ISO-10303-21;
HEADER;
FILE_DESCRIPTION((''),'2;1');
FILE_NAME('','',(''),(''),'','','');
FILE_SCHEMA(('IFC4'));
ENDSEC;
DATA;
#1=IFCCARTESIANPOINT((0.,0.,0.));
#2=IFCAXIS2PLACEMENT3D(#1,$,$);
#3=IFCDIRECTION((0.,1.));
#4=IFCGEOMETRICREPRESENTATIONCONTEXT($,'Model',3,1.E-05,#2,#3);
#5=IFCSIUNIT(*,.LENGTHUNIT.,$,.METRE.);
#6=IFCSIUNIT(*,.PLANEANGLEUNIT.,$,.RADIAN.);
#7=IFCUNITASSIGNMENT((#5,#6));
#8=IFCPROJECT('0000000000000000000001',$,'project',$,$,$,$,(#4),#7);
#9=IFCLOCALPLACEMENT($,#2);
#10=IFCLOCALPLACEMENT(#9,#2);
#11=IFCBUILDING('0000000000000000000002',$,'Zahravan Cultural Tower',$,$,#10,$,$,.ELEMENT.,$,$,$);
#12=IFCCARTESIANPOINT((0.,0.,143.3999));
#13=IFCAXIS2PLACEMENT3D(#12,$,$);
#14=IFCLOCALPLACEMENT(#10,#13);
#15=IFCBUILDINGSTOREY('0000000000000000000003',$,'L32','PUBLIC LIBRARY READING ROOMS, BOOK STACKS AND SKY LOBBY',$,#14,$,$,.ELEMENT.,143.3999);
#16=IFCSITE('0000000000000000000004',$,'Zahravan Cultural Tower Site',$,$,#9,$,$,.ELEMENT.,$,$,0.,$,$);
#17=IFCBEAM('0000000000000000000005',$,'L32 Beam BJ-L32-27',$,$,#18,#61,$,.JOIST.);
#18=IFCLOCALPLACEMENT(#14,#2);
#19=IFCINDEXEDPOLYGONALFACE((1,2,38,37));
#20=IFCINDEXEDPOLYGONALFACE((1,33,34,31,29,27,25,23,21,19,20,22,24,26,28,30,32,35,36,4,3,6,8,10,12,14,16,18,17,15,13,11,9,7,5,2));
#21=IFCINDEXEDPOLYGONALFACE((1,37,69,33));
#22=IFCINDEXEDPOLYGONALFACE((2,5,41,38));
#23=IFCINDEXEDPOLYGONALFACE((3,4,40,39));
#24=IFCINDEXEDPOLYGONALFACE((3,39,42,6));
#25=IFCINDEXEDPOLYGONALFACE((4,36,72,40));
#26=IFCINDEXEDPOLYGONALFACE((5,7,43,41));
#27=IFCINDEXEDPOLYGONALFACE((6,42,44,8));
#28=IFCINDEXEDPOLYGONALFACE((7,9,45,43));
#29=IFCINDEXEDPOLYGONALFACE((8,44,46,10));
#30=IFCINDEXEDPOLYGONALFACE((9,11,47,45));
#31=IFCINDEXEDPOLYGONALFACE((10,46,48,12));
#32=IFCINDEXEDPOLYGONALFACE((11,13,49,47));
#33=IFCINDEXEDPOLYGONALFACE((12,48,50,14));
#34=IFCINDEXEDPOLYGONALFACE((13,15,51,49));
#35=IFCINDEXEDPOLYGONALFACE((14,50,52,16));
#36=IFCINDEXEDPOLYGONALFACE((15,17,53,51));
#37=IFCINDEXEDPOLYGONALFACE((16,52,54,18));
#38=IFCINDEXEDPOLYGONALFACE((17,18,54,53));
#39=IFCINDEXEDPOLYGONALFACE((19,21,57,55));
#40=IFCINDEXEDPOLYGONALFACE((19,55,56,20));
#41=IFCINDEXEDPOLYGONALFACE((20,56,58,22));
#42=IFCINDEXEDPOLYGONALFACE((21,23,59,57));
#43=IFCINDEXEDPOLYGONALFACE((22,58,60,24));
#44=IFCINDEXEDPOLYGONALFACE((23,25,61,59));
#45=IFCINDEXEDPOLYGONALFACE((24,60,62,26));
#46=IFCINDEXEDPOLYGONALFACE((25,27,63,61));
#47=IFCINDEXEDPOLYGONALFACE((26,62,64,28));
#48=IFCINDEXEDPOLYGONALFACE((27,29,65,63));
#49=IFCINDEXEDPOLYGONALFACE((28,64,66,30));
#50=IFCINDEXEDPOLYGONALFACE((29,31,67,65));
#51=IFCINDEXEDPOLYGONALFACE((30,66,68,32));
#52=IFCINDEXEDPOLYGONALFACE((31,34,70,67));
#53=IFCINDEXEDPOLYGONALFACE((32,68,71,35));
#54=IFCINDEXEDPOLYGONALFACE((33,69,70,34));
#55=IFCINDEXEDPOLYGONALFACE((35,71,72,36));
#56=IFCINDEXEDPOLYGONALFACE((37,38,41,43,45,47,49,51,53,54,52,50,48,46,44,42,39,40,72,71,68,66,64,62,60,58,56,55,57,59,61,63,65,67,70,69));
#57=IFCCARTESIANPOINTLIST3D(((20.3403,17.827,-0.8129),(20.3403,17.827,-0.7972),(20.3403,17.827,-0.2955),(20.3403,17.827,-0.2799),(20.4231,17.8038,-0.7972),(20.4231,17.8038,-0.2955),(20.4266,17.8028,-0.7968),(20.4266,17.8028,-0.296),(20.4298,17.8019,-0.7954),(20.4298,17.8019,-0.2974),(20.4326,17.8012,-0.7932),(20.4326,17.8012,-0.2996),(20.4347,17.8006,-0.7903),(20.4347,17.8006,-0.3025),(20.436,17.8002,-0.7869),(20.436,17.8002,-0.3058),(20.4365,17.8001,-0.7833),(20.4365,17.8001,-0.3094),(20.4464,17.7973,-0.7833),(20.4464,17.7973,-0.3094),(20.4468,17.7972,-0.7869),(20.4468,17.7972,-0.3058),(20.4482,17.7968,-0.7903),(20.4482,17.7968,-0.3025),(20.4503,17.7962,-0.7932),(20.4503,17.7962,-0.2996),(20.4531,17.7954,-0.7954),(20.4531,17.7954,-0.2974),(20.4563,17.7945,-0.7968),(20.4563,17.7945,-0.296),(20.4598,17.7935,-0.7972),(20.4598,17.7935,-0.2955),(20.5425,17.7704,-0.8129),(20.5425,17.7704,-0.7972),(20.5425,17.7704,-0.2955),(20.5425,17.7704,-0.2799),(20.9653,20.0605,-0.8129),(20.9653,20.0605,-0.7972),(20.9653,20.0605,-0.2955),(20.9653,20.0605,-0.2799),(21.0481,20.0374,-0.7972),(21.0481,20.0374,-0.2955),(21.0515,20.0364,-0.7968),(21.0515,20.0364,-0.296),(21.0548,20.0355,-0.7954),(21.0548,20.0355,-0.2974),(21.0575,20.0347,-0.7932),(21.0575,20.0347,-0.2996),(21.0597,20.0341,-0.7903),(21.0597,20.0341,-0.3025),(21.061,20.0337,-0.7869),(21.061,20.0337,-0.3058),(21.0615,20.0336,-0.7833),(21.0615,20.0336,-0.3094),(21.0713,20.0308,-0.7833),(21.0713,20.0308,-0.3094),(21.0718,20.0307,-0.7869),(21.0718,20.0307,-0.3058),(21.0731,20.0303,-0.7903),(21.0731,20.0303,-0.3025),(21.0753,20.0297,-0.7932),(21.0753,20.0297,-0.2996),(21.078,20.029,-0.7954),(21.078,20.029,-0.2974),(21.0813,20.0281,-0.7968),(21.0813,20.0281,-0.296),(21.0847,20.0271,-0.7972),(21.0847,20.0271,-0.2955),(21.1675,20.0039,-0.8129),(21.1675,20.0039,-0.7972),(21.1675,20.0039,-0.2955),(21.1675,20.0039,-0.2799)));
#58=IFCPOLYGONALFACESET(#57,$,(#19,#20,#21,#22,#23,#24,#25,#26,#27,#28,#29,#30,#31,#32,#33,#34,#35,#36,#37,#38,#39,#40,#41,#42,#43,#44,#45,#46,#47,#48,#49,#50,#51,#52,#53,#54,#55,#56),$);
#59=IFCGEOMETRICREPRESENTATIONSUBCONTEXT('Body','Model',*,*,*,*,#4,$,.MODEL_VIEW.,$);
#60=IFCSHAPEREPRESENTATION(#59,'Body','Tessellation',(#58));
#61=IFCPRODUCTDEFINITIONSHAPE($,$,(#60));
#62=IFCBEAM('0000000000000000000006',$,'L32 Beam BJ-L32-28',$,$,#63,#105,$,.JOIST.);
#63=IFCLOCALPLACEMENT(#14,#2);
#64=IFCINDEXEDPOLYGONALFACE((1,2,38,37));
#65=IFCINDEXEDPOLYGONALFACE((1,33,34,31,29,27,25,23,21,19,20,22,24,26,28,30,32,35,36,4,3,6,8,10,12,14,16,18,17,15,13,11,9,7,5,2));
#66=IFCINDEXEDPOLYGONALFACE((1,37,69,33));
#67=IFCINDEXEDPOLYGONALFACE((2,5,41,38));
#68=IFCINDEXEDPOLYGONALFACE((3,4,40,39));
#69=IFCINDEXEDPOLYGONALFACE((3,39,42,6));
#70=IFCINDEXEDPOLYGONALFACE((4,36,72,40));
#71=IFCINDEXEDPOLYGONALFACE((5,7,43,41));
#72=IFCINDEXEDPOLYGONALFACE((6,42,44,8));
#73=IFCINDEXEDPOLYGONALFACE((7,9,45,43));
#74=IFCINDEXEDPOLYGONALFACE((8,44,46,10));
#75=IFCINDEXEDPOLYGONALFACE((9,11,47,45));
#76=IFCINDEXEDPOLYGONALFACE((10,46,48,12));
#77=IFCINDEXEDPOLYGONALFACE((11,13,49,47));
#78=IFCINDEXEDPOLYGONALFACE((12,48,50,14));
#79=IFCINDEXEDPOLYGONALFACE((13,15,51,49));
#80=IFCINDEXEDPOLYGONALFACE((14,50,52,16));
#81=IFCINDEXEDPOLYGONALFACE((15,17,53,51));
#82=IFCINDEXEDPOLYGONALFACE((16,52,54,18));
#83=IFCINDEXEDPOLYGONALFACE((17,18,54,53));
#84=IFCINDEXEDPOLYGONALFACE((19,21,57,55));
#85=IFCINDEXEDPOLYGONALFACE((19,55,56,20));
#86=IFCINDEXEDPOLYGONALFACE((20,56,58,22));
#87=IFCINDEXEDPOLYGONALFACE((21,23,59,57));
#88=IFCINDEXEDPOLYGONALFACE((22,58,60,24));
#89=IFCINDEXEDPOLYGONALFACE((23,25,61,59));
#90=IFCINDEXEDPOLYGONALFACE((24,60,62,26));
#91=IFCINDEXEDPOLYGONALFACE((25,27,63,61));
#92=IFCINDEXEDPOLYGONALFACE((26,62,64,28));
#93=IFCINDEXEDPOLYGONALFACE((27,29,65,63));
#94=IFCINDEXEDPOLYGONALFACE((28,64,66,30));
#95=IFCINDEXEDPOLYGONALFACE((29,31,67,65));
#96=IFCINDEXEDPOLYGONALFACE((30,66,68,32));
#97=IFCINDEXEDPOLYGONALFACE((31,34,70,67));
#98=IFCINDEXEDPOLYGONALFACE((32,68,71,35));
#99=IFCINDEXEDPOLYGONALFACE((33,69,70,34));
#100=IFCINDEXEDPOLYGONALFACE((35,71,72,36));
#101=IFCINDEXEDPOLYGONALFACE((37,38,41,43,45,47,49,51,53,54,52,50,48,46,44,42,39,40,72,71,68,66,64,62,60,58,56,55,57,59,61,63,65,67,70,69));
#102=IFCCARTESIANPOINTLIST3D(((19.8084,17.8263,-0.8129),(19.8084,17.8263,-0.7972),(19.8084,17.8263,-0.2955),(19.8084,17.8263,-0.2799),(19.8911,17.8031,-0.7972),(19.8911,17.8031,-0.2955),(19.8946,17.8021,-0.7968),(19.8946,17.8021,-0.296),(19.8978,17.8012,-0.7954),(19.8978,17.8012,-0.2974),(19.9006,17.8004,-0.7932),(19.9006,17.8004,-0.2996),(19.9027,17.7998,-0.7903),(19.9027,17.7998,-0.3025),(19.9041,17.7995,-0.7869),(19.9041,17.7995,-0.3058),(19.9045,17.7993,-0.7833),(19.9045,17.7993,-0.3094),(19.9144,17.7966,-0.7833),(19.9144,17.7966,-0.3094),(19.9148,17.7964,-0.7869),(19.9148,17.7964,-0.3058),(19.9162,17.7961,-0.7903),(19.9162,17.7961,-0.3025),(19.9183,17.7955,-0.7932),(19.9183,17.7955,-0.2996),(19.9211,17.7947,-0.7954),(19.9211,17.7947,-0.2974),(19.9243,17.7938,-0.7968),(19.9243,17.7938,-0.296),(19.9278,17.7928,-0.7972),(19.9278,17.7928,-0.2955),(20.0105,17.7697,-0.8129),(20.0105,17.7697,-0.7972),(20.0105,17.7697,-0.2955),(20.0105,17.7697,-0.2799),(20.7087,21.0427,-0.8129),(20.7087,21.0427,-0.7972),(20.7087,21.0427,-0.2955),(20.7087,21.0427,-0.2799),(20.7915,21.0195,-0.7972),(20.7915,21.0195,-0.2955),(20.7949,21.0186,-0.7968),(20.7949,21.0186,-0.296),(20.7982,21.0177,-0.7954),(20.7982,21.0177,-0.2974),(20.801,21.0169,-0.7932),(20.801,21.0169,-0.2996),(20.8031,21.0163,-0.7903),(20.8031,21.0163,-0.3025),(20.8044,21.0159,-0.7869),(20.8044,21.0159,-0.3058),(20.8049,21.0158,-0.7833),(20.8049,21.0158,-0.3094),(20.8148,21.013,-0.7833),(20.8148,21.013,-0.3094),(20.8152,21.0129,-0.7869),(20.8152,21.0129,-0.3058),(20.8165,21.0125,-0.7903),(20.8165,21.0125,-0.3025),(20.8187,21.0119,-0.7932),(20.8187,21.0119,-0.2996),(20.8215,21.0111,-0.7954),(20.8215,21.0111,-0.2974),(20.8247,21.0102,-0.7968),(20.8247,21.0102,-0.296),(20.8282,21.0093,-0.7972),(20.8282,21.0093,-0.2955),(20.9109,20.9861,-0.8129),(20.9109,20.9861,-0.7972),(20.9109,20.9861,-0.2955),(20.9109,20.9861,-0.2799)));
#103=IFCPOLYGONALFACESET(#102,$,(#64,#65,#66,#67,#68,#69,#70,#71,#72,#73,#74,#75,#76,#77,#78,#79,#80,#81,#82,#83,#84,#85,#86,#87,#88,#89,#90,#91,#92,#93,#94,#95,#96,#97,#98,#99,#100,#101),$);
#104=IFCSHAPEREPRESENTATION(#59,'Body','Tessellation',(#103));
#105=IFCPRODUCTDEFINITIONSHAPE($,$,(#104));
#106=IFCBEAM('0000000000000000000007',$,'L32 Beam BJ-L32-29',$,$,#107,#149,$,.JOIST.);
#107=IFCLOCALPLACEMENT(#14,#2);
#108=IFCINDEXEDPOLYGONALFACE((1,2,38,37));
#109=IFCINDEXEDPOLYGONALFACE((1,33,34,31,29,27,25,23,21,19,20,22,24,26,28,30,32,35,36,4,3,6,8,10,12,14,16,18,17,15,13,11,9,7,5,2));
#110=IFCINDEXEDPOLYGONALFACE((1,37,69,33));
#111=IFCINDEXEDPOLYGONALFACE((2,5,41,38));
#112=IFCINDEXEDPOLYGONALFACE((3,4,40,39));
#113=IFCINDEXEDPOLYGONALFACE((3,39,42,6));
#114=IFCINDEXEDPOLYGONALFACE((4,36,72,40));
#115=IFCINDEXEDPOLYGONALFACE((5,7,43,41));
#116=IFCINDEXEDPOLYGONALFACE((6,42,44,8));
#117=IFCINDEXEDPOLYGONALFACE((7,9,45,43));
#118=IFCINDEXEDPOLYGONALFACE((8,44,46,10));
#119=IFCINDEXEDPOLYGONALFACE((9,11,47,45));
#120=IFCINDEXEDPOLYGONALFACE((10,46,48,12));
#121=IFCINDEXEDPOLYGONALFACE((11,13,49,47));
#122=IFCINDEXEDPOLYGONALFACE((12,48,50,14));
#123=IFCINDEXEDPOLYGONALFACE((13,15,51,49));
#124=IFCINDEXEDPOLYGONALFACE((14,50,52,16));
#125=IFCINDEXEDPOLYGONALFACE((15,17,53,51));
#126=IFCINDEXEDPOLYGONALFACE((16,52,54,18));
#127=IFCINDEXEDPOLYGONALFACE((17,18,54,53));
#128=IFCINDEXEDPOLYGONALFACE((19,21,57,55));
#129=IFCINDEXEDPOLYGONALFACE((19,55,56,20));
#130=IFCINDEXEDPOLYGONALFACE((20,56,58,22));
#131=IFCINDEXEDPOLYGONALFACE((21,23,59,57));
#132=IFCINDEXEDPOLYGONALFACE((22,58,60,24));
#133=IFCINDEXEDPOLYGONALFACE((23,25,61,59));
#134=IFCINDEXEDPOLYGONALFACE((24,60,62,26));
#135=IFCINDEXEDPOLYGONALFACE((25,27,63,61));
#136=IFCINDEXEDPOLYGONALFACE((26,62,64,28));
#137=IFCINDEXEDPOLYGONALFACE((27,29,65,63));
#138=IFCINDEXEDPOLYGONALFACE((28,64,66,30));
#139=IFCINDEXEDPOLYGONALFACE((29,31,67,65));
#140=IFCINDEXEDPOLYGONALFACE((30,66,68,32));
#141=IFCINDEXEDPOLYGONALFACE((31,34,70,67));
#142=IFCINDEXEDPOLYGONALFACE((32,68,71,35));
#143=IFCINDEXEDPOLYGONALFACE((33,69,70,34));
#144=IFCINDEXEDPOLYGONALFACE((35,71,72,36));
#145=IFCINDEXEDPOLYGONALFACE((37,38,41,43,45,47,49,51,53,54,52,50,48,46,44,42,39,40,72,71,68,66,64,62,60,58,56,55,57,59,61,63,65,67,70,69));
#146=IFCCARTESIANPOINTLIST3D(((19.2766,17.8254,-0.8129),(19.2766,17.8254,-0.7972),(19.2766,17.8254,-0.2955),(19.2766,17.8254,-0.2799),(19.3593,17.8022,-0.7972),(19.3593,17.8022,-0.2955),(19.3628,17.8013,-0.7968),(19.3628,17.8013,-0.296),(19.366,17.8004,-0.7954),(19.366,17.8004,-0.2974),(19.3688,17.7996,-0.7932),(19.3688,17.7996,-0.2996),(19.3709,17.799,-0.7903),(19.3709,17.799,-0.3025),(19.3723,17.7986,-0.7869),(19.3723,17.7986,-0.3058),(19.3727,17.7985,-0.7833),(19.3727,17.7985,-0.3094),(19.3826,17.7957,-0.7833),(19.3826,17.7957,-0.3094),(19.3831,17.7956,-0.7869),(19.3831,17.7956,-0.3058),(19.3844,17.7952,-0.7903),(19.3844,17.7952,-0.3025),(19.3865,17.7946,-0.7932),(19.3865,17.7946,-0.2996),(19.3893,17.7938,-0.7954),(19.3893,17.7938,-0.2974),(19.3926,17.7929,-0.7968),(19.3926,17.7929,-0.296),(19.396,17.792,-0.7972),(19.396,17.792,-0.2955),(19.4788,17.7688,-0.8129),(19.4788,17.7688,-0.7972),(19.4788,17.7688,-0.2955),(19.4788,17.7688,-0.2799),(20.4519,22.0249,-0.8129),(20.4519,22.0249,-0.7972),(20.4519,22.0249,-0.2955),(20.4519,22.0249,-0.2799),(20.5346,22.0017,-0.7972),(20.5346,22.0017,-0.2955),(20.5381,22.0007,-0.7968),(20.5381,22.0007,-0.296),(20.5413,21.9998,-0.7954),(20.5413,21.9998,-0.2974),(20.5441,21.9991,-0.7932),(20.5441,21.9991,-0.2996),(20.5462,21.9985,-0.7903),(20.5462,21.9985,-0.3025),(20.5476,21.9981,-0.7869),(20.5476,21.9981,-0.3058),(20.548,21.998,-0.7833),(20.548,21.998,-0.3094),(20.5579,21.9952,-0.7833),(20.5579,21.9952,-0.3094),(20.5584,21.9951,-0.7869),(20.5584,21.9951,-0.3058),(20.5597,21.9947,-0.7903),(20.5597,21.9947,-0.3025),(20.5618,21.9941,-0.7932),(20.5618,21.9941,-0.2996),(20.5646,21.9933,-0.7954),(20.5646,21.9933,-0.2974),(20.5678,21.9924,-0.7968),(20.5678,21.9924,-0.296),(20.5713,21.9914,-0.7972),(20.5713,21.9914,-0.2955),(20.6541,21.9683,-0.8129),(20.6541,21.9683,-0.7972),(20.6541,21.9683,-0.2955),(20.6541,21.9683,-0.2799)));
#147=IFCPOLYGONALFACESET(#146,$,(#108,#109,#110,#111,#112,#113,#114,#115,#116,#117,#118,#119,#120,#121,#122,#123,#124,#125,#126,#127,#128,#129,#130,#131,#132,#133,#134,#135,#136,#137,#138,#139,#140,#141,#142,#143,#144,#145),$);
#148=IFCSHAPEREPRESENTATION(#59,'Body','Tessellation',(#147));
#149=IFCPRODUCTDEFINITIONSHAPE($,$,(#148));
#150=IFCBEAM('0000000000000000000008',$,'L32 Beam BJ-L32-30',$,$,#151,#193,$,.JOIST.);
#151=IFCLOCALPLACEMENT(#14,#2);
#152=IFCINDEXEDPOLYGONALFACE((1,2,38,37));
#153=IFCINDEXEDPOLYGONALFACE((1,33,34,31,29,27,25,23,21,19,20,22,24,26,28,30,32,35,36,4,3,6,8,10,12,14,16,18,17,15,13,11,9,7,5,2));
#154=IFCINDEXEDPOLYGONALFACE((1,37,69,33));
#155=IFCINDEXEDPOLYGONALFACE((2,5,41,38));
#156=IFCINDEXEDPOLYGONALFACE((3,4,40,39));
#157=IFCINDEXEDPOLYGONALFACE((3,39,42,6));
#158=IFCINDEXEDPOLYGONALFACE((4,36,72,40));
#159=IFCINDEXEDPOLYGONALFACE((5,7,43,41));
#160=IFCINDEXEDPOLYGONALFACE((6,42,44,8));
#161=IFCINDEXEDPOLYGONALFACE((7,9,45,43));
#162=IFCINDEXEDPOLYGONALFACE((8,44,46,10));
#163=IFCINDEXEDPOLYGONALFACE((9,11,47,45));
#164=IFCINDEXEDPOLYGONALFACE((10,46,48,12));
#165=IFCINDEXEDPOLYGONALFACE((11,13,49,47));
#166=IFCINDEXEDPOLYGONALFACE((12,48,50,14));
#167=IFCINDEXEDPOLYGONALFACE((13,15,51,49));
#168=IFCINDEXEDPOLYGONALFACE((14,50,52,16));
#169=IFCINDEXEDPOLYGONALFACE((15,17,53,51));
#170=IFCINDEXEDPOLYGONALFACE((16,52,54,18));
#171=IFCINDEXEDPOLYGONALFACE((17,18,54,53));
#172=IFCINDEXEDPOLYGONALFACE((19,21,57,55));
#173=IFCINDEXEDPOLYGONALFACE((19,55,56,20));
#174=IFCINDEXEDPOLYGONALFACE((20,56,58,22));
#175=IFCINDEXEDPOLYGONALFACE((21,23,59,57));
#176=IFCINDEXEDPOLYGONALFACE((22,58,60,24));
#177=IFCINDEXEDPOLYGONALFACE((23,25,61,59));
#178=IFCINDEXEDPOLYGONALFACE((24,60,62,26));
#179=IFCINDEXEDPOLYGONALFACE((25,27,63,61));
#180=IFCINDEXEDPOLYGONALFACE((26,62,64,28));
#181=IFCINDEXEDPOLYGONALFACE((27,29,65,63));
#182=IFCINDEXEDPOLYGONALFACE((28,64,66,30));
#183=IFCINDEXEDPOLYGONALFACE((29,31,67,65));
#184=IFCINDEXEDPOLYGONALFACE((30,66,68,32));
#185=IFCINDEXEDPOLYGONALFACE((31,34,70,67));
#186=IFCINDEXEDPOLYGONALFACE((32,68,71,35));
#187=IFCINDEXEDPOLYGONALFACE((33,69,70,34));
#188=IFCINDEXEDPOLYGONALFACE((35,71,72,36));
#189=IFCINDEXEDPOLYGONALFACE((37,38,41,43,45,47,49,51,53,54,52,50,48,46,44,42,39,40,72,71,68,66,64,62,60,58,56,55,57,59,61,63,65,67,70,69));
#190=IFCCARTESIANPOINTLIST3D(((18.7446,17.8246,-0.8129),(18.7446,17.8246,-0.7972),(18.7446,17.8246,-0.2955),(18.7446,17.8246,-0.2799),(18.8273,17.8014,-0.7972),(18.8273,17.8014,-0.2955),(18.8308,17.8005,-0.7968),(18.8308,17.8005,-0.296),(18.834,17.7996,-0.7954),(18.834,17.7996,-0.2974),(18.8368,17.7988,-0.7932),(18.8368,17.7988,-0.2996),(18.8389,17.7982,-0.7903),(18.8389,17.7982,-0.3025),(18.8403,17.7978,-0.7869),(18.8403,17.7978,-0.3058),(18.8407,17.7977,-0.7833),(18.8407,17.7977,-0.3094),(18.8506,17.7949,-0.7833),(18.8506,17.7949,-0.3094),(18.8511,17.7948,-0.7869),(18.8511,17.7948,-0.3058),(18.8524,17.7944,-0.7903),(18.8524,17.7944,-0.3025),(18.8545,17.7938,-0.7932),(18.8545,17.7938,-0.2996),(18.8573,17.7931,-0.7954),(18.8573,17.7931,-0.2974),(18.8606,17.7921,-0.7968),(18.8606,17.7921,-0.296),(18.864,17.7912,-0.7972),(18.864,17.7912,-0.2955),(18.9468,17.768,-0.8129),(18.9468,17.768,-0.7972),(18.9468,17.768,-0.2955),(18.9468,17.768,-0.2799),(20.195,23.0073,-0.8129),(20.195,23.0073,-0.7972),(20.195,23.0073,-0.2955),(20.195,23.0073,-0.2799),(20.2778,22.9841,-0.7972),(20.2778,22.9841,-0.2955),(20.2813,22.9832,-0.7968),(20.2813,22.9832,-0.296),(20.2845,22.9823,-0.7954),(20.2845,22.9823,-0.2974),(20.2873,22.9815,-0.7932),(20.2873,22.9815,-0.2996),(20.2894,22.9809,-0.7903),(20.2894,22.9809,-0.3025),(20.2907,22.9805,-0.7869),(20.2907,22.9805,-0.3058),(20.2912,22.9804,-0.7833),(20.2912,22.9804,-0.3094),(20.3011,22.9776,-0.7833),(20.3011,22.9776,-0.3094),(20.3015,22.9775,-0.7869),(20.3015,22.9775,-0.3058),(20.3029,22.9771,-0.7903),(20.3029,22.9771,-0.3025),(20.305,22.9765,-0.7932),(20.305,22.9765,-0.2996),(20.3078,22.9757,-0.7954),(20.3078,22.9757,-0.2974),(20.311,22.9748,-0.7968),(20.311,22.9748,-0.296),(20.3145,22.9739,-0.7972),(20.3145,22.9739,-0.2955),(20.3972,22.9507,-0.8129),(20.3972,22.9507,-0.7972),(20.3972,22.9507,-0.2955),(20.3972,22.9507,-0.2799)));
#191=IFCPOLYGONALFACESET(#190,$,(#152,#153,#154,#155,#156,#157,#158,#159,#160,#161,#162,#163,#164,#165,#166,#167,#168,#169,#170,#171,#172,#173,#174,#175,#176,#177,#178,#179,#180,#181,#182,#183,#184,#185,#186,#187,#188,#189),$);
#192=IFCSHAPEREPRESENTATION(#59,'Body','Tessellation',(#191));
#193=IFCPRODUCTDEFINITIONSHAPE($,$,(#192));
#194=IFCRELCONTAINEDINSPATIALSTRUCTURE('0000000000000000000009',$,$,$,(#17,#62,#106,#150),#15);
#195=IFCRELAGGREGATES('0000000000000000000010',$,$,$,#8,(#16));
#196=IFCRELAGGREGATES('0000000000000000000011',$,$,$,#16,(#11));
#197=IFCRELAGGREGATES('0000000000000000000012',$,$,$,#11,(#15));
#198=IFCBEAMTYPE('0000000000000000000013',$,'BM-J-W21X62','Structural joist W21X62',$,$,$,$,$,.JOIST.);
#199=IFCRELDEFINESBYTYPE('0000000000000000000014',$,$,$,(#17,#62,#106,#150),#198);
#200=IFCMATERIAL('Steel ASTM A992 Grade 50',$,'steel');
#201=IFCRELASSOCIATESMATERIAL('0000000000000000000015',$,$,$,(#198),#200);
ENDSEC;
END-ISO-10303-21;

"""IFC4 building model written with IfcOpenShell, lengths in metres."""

from ifc_helpers import new_model, si_unit, direction, frame, origin, origin_2d, place, context, subcontext, project, spatial, i_section, extrude, source, transform, mapped, material, material_profile, profile_set, type_object, element, save


model = new_model("IFC4")

# Units and contexts
model_context = context("Model", 3, precision=1e-05, world=origin(), true_north=direction((0.0, 1.0)))
body_context = subcontext(model_context, "Body", "Model", "MODEL_VIEW")
ifc_project = project(units=[si_unit("LENGTHUNIT", "METRE"), si_unit("PLANEANGLEUNIT", "RADIAN")], contexts=[model_context])

# Site, building, storey
site_placement = place(None, origin())
site = spatial("IfcSite", under=ifc_project, at=site_placement, Name="Zahravan Cultural Tower Site", CompositionType="ELEMENT", RefElevation=0.0)
building_placement = place(site_placement, origin())
building = spatial("IfcBuilding", under=site, at=building_placement, Name="Zahravan Cultural Tower", CompositionType="ELEMENT")
storey_placement = place(building_placement, frame((0.0, 0.0, 143.3999)))
storey = spatial("IfcBuildingStorey", under=building, at=storey_placement, Name="L32", Description="PUBLIC LIBRARY READING ROOMS, BOOK STACKS AND SKY LOBBY", CompositionType="ELEMENT", Elevation=143.3999)

# Shared definitions
ifc_material_1 = material(Name="Steel ASTM A992 Grade 50", Category="steel")

# Beams
ifc_material_profile_1 = material_profile(ifc_material_1, i_section(OverallWidth=0.21, OverallDepth=0.533, WebThickness=0.0103, FlangeThickness=0.0156, FilletRadius=0.0139, at=origin_2d()), Name="W21X62")
ifc_profile_set_1 = profile_set([ifc_material_profile_1], Name="Steel ASTM A992 Grade 50")
beam_type_1 = type_object("IfcBeamType", Name="BM-J-W21X62", Description="Structural joist W21X62", PredefinedType="JOIST", material=ifc_profile_set_1)
shared_shape_1 = source(origin(), body_context, "Body", "SweptSolid", [
    extrude(i_section(OverallWidth=0.21, OverallDepth=0.533, WebThickness=0.0103, FlangeThickness=0.0156, FilletRadius=0.0139, at=origin_2d()), origin(), (0.0, 0.0, 1.0), 2.3193),
])
beam_1_placement = place(storey_placement, frame((21.0664, 20.0322, -0.5464), z_axis=(-0.269462, -0.963011, 0.0), x_axis=(0.963011, -0.269462, 0.0)))
element("IfcBeam", 1, at=beam_1_placement, inside=storey, type_object=beam_type_1, Name="L32 Beam BJ-L32-27", PredefinedType="JOIST", context=body_context, shape_type="MappedRepresentation", body=[
    mapped(shared_shape_1, transform((0.0, 0.0, 0.0), x_axis=(1.0, 0.0, 0.0), y_axis=(0.0, 1.0, 0.0), z_axis=(0.0, 0.0, 1.0), scale=1.0)),
])
shared_shape_2 = source(origin(), body_context, "Body", "SweptSolid", [
    extrude(i_section(OverallWidth=0.21, OverallDepth=0.533, WebThickness=0.0103, FlangeThickness=0.0156, FilletRadius=0.0139, at=origin_2d()), origin(), (0.0, 0.0, 1.0), 3.3401),
])
beam_2_placement = place(storey_placement, frame((20.8098, 21.0144, -0.5464), z_axis=(-0.269562, -0.962983, 0.0), x_axis=(0.962983, -0.269562, 0.0)))
element("IfcBeam", 2, at=beam_2_placement, inside=storey, type_object=beam_type_1, Name="L32 Beam BJ-L32-28", PredefinedType="JOIST", context=body_context, shape_type="MappedRepresentation", body=[
    mapped(shared_shape_2, transform((0.0, 0.0, 0.0), x_axis=(1.0, 0.0, 0.0), y_axis=(0.0, 1.0, 0.0), z_axis=(0.0, 0.0, 1.0), scale=1.0)),
])
shared_shape_3 = source(origin(), body_context, "Body", "SweptSolid", [
    extrude(i_section(OverallWidth=0.21, OverallDepth=0.533, WebThickness=0.0103, FlangeThickness=0.0156, FilletRadius=0.0139, at=origin_2d()), origin(), (0.0, 0.0, 1.0), 4.3608),
])
beam_3_placement = place(storey_placement, frame((20.553, 21.9966, -0.5464), z_axis=(-0.269512, -0.962997, 0.0), x_axis=(0.962997, -0.269512, 0.0)))
element("IfcBeam", 3, at=beam_3_placement, inside=storey, type_object=beam_type_1, Name="L32 Beam BJ-L32-29", PredefinedType="JOIST", context=body_context, shape_type="MappedRepresentation", body=[
    mapped(shared_shape_3, transform((0.0, 0.0, 0.0), x_axis=(1.0, 0.0, 0.0), y_axis=(0.0, 1.0, 0.0), z_axis=(0.0, 0.0, 1.0), scale=1.0)),
])
shared_shape_4 = source(origin(), body_context, "Body", "SweptSolid", [
    extrude(i_section(OverallWidth=0.21, OverallDepth=0.533, WebThickness=0.0103, FlangeThickness=0.0156, FilletRadius=0.0139, at=origin_2d()), origin(), (0.0, 0.0, 1.0), 5.3818),
])
beam_4_placement = place(storey_placement, frame((20.2961, 22.979, -0.5464), z_axis=(-0.26951, -0.962997, 0.0), x_axis=(0.962997, -0.26951, 0.0)))
element("IfcBeam", 4, at=beam_4_placement, inside=storey, type_object=beam_type_1, Name="L32 Beam BJ-L32-30", PredefinedType="JOIST", context=body_context, shape_type="MappedRepresentation", body=[
    mapped(shared_shape_4, transform((0.0, 0.0, 0.0), x_axis=(1.0, 0.0, 0.0), y_axis=(0.0, 1.0, 0.0), z_axis=(0.0, 0.0, 1.0), scale=1.0)),
])

save(model, "model.ifc")
